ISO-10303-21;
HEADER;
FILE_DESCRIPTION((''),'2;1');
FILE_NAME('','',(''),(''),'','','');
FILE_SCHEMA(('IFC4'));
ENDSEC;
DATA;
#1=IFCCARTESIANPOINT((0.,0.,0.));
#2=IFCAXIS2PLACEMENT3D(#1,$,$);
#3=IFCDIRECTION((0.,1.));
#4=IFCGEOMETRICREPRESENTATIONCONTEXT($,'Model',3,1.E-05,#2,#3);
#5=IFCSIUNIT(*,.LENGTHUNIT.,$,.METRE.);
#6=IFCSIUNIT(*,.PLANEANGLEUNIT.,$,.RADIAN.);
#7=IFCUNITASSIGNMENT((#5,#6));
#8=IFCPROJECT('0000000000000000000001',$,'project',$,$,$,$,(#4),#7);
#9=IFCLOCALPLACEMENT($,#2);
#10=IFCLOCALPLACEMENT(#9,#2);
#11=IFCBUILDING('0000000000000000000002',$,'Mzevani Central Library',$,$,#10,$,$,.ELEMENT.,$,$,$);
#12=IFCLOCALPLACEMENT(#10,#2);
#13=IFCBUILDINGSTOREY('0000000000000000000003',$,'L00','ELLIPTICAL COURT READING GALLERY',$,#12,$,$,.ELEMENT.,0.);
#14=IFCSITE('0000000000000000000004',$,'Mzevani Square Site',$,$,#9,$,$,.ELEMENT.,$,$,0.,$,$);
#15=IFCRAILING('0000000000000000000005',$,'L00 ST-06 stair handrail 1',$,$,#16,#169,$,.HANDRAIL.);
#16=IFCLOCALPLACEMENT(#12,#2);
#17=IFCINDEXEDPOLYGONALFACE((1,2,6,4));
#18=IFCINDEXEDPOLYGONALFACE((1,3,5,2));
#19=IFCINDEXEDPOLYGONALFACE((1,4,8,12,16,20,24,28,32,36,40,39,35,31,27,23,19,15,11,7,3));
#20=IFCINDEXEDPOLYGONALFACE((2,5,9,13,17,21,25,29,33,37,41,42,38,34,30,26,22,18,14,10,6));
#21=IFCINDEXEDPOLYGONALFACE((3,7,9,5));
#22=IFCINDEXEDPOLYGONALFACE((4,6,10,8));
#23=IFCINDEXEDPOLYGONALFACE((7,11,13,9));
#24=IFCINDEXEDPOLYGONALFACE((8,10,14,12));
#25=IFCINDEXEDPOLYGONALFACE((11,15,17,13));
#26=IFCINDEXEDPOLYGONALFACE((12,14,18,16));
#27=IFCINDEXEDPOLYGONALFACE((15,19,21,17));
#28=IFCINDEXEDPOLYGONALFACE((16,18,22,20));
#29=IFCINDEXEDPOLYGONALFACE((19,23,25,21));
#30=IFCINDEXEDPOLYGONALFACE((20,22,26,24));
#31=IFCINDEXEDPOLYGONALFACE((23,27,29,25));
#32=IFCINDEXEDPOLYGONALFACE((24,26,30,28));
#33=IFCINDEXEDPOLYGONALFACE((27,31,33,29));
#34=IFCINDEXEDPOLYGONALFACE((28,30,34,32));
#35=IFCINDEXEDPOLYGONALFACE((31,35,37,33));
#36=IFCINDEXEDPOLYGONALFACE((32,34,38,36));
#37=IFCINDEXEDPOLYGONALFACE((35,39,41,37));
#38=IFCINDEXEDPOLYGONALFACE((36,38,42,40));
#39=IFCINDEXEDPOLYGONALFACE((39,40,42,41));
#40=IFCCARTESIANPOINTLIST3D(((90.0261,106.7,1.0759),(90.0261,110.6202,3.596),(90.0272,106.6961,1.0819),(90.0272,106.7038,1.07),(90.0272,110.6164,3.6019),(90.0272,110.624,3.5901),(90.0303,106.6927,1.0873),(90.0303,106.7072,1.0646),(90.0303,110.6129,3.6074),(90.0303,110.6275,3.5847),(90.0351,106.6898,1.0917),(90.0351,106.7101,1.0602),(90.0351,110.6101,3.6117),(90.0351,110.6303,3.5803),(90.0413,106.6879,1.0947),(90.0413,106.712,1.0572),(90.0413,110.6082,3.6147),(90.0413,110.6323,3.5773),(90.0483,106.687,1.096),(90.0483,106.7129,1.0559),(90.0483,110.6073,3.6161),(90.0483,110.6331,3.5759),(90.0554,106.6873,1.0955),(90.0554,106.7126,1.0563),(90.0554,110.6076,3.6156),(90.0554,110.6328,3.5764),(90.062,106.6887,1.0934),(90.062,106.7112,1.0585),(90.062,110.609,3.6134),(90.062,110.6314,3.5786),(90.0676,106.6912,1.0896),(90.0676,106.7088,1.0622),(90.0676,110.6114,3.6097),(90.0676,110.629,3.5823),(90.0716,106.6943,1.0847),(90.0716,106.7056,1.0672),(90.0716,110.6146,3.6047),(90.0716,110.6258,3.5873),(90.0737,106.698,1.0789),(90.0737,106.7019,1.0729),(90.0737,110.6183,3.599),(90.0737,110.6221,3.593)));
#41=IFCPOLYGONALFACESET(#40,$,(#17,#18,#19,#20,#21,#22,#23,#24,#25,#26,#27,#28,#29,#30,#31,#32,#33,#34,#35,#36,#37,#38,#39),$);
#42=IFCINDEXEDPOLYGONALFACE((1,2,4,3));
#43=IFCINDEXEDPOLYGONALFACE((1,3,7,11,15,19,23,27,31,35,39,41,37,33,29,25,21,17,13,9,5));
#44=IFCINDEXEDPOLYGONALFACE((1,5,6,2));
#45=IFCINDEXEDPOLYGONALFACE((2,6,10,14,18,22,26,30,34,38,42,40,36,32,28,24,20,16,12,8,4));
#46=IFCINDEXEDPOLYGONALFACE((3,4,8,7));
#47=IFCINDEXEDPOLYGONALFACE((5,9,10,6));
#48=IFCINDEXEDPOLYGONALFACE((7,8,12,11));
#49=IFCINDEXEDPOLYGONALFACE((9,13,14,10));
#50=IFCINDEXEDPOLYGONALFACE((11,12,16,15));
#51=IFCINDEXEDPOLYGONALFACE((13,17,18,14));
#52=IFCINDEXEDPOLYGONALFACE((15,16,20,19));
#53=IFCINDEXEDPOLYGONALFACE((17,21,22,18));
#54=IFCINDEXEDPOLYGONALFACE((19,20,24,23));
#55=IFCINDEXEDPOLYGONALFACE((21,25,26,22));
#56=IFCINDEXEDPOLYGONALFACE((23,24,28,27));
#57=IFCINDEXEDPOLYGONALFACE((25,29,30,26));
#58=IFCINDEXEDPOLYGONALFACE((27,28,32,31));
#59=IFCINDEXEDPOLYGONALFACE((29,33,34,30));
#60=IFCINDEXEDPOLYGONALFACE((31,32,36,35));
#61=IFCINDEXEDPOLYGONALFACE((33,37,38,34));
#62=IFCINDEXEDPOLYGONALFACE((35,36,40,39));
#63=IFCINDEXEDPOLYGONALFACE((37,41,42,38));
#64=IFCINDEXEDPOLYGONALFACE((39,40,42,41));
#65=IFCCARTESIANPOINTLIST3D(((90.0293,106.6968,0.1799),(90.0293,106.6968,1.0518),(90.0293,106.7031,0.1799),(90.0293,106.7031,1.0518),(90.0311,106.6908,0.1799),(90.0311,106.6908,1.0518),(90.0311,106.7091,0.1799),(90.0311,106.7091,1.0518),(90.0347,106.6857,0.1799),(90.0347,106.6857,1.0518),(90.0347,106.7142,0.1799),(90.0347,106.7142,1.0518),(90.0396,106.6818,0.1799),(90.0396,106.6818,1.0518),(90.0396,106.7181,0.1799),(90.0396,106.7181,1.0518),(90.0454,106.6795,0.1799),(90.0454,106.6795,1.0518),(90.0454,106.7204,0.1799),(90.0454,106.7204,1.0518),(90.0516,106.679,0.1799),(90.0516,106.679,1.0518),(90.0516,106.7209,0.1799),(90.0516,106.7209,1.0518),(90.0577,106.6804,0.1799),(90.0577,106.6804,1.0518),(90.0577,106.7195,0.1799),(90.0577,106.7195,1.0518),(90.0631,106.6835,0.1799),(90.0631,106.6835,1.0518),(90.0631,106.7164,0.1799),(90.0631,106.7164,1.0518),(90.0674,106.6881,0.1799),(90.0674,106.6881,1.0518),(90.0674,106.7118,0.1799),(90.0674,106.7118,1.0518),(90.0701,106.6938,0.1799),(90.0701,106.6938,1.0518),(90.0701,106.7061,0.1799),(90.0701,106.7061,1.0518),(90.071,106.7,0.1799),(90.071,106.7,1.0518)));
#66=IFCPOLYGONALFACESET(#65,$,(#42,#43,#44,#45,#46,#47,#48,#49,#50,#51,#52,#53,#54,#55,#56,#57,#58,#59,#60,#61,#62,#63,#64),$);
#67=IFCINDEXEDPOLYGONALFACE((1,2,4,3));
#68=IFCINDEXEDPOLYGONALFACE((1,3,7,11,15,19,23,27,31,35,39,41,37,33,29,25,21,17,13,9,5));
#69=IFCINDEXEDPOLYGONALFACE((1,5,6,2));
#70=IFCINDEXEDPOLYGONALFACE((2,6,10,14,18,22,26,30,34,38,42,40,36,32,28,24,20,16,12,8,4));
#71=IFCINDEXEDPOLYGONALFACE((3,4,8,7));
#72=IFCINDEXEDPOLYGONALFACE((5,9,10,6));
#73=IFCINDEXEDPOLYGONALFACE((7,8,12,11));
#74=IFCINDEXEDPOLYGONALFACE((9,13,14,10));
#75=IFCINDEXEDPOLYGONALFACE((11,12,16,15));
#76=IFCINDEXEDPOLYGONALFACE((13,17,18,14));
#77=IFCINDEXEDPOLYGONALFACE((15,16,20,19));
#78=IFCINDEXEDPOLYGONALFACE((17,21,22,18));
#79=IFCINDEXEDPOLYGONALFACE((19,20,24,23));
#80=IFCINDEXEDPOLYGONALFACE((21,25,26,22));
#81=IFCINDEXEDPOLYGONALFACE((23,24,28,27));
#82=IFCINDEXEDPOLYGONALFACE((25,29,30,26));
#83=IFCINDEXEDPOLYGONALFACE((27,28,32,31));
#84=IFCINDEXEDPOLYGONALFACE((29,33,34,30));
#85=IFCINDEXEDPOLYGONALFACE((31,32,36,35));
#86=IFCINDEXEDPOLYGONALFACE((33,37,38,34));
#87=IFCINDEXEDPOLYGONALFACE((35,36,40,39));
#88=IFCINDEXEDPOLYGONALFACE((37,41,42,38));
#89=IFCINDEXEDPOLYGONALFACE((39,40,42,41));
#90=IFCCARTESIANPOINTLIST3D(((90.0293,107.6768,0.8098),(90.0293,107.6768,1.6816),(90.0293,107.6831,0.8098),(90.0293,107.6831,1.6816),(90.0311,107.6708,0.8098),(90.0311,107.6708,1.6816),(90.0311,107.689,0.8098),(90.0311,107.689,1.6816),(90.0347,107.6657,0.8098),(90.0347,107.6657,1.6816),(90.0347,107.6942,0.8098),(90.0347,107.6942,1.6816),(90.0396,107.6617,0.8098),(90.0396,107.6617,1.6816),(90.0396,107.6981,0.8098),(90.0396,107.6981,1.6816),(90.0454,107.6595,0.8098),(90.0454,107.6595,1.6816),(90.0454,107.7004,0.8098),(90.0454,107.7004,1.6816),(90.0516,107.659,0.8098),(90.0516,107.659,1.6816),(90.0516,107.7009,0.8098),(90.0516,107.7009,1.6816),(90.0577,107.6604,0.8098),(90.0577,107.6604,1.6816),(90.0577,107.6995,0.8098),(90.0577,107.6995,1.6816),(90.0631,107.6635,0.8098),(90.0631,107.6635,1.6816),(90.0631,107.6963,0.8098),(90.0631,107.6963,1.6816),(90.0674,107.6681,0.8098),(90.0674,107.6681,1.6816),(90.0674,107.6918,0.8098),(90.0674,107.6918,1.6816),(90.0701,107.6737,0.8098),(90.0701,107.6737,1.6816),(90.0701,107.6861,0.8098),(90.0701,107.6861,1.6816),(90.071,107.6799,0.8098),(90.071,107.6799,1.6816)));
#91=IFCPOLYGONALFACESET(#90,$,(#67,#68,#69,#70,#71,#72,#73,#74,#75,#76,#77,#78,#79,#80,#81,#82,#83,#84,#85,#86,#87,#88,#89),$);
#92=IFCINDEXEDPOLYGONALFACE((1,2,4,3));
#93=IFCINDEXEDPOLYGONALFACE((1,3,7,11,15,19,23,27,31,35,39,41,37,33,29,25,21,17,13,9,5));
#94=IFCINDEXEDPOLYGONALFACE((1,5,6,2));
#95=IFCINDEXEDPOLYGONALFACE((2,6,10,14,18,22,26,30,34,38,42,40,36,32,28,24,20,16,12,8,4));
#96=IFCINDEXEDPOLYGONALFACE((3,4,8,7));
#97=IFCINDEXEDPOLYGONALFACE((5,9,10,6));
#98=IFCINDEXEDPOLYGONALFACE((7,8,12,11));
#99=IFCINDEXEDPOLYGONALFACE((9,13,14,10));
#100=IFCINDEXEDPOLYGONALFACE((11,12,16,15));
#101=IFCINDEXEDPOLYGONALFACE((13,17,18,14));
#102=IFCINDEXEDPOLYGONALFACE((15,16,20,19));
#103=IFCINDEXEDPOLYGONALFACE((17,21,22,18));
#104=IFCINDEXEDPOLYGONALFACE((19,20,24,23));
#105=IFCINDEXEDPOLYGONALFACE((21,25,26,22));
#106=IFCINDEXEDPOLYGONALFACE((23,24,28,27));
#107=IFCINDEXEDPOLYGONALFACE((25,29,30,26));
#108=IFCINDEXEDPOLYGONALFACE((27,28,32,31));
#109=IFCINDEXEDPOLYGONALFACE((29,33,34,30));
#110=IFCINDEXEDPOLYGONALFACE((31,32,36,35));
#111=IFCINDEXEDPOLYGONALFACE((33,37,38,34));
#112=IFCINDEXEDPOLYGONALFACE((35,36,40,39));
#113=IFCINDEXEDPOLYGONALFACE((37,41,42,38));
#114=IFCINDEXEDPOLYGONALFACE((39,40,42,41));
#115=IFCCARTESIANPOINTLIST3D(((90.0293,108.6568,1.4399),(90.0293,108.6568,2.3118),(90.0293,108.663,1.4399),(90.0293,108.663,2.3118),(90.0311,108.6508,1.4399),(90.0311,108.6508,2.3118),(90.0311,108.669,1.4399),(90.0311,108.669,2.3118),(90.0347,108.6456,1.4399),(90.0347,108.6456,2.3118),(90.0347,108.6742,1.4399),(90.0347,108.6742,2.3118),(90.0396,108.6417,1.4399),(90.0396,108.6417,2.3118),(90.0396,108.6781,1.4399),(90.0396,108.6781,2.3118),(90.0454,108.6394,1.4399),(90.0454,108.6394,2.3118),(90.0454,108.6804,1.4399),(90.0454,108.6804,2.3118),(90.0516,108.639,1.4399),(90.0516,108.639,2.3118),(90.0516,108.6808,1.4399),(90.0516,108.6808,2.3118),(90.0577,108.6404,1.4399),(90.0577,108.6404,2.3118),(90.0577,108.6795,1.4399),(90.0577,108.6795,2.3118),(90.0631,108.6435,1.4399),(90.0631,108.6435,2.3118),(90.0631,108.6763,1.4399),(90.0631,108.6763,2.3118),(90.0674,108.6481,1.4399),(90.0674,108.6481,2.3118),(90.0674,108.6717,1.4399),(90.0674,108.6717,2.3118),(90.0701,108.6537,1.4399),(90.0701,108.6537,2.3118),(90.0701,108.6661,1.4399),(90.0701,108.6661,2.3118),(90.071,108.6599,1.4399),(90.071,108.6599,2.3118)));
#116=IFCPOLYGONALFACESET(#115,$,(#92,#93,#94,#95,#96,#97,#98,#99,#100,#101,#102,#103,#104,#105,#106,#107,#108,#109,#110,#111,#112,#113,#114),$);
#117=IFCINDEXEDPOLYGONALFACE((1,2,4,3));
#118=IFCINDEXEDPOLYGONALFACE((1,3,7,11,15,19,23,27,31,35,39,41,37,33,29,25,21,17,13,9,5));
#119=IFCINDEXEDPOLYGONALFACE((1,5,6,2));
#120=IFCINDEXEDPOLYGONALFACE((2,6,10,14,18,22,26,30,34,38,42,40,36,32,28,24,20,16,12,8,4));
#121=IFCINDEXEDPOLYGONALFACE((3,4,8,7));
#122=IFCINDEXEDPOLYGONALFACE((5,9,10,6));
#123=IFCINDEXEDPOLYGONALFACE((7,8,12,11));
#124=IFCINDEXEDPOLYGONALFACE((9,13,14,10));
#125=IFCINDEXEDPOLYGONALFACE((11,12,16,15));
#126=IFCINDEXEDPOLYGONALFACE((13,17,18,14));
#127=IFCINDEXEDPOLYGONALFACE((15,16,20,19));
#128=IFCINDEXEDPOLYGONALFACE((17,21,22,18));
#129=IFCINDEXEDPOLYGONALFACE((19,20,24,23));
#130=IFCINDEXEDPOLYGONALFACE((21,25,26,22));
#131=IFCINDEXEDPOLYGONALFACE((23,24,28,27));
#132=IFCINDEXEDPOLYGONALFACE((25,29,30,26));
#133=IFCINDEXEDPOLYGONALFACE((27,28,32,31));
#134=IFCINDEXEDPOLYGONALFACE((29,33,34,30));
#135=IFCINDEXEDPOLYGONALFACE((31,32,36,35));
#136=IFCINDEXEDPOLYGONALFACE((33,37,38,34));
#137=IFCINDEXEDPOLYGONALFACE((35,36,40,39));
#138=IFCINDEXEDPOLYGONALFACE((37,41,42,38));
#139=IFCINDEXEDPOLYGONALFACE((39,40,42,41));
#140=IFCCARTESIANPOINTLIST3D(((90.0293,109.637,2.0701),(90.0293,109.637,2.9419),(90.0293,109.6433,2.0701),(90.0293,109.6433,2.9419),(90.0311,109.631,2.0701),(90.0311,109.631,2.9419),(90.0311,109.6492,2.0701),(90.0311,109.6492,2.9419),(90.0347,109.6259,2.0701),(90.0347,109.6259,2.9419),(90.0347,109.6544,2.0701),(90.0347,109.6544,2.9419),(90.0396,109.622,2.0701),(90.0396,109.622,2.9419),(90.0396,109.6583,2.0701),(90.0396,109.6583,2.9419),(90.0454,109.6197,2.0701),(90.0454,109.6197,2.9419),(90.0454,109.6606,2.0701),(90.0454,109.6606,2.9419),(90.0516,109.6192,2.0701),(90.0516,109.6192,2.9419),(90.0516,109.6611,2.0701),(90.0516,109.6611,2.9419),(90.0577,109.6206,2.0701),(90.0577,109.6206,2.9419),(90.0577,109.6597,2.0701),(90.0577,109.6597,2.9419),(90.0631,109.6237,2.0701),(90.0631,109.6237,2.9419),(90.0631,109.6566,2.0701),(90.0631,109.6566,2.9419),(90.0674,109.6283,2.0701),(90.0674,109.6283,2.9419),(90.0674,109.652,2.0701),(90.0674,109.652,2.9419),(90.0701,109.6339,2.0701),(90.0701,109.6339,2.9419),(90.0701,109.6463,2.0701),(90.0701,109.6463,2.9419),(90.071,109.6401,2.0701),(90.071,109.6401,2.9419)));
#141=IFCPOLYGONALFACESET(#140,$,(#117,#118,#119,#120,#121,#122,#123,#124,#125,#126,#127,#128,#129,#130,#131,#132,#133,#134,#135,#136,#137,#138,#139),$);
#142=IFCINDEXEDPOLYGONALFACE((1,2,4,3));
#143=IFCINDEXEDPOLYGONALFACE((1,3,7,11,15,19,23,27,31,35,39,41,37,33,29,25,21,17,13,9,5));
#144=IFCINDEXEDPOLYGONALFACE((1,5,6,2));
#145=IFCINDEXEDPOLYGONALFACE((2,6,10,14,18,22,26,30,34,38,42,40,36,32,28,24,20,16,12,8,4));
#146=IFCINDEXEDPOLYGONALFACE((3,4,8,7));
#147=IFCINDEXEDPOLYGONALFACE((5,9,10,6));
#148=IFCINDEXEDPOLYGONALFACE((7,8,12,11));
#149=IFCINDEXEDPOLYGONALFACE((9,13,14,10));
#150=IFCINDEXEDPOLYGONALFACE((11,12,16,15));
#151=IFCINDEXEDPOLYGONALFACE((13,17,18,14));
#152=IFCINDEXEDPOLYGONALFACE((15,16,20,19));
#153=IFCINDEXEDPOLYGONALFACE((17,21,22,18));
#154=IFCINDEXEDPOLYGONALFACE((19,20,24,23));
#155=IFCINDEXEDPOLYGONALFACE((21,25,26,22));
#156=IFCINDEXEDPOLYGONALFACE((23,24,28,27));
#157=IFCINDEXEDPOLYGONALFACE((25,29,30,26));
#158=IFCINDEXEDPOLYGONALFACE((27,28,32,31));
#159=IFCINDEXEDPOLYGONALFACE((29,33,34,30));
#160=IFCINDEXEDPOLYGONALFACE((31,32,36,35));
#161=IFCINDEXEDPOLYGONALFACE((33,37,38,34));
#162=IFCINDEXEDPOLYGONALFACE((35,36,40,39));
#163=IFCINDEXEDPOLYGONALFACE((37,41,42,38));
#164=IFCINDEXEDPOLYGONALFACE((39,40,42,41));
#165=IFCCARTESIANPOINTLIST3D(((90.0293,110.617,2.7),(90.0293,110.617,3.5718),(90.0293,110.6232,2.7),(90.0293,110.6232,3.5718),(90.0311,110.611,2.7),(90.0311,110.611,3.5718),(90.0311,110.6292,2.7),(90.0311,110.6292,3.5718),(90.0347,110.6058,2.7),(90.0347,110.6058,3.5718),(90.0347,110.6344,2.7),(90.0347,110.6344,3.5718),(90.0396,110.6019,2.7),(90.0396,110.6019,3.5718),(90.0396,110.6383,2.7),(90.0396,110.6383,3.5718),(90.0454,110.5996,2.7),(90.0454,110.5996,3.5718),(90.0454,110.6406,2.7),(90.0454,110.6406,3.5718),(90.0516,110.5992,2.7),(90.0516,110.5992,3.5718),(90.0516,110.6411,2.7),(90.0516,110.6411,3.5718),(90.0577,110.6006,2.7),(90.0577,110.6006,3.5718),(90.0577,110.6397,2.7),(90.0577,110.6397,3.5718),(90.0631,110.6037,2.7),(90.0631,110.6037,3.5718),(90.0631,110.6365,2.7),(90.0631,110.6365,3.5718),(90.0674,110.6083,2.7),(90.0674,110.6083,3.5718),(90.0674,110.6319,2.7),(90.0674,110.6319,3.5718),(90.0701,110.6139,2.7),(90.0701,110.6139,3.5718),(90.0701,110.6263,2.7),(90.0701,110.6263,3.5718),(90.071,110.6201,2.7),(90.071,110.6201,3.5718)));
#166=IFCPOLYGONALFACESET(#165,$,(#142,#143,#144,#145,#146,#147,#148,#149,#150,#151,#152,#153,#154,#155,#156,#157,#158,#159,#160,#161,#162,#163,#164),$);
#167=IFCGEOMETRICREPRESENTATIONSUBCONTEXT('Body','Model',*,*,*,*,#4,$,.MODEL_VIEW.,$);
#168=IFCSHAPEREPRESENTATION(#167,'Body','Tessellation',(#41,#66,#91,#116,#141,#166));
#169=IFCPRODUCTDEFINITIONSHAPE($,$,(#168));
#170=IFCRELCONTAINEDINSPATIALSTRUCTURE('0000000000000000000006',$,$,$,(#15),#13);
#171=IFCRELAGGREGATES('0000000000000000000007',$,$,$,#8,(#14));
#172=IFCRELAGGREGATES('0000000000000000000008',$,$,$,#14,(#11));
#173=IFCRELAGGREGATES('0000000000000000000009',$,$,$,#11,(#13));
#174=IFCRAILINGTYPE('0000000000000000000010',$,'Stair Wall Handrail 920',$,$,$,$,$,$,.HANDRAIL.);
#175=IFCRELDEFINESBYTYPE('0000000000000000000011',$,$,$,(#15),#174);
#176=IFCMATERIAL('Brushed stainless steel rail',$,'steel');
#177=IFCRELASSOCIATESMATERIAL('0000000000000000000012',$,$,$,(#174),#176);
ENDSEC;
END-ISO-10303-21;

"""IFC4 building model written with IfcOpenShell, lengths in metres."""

from ifc_helpers import new_model, si_unit, direction, frame, origin, origin_2d, place, context, subcontext, project, spatial, circle, extrude, material, type_object, element, save


model = new_model("IFC4")

# Units and contexts
model_context = context("Model", 3, precision=1e-05, world=origin(), true_north=direction((0.0, 1.0)))
body_context = subcontext(model_context, "Body", "Model", "MODEL_VIEW")
ifc_project = project(units=[si_unit("LENGTHUNIT", "METRE"), si_unit("PLANEANGLEUNIT", "RADIAN")], contexts=[model_context])

# Site, building, storey
site_placement = place(None, origin())
site = spatial("IfcSite", under=ifc_project, at=site_placement, Name="Mzevani Square Site", CompositionType="ELEMENT", RefElevation=0.0)
building_placement = place(site_placement, origin())
building = spatial("IfcBuilding", under=site, at=building_placement, Name="Mzevani Central Library", CompositionType="ELEMENT")
storey_placement = place(building_placement, origin())
storey = spatial("IfcBuildingStorey", under=building, at=storey_placement, Name="L00", Description="ELLIPTICAL COURT READING GALLERY", CompositionType="ELEMENT", Elevation=0.0)

# Shared definitions
ifc_material_1 = material(Name="Brushed stainless steel rail", Category="steel")

# Railing
railing_type_1 = type_object("IfcRailingType", Name="Stair Wall Handrail 920", PredefinedType="HANDRAIL", material=ifc_material_1)
railing_1_placement = place(storey_placement, frame((90.05, 106.7, 0.1799)))
element("IfcRailing", 1, at=railing_1_placement, inside=storey, type_object=railing_type_1, Name="L00 ST-06 stair handrail 1", PredefinedType="HANDRAIL", context=body_context, shape_type="SweptSolid", body=[
    extrude(circle(Radius=0.0239, at=origin_2d()), frame((0.0, 0.0, 0.896), z_axis=(0.0, 0.841187, 0.540744), x_axis=(-1.0, 0.0, 0.0)), (0.0, 0.0, 1.0), 4.6604),
    extrude(circle(Radius=0.021, at=origin_2d()), origin(), (0.0, 0.0, 1.0), 0.8718),
    extrude(circle(Radius=0.021, at=origin_2d()), frame((0.0, 0.98, 0.6299)), (0.0, 0.0, 1.0), 0.8718),
    extrude(circle(Radius=0.021, at=origin_2d()), frame((0.0, 1.96, 1.26)), (0.0, 0.0, 1.0), 0.8718),
    extrude(circle(Radius=0.021, at=origin_2d()), frame((0.0, 2.9402, 1.8901)), (0.0, 0.0, 1.0), 0.8718),
    extrude(circle(Radius=0.021, at=origin_2d()), frame((0.0, 3.9202, 2.52)), (0.0, 0.0, 1.0), 0.8718),
])

save(model, "model.ifc")
